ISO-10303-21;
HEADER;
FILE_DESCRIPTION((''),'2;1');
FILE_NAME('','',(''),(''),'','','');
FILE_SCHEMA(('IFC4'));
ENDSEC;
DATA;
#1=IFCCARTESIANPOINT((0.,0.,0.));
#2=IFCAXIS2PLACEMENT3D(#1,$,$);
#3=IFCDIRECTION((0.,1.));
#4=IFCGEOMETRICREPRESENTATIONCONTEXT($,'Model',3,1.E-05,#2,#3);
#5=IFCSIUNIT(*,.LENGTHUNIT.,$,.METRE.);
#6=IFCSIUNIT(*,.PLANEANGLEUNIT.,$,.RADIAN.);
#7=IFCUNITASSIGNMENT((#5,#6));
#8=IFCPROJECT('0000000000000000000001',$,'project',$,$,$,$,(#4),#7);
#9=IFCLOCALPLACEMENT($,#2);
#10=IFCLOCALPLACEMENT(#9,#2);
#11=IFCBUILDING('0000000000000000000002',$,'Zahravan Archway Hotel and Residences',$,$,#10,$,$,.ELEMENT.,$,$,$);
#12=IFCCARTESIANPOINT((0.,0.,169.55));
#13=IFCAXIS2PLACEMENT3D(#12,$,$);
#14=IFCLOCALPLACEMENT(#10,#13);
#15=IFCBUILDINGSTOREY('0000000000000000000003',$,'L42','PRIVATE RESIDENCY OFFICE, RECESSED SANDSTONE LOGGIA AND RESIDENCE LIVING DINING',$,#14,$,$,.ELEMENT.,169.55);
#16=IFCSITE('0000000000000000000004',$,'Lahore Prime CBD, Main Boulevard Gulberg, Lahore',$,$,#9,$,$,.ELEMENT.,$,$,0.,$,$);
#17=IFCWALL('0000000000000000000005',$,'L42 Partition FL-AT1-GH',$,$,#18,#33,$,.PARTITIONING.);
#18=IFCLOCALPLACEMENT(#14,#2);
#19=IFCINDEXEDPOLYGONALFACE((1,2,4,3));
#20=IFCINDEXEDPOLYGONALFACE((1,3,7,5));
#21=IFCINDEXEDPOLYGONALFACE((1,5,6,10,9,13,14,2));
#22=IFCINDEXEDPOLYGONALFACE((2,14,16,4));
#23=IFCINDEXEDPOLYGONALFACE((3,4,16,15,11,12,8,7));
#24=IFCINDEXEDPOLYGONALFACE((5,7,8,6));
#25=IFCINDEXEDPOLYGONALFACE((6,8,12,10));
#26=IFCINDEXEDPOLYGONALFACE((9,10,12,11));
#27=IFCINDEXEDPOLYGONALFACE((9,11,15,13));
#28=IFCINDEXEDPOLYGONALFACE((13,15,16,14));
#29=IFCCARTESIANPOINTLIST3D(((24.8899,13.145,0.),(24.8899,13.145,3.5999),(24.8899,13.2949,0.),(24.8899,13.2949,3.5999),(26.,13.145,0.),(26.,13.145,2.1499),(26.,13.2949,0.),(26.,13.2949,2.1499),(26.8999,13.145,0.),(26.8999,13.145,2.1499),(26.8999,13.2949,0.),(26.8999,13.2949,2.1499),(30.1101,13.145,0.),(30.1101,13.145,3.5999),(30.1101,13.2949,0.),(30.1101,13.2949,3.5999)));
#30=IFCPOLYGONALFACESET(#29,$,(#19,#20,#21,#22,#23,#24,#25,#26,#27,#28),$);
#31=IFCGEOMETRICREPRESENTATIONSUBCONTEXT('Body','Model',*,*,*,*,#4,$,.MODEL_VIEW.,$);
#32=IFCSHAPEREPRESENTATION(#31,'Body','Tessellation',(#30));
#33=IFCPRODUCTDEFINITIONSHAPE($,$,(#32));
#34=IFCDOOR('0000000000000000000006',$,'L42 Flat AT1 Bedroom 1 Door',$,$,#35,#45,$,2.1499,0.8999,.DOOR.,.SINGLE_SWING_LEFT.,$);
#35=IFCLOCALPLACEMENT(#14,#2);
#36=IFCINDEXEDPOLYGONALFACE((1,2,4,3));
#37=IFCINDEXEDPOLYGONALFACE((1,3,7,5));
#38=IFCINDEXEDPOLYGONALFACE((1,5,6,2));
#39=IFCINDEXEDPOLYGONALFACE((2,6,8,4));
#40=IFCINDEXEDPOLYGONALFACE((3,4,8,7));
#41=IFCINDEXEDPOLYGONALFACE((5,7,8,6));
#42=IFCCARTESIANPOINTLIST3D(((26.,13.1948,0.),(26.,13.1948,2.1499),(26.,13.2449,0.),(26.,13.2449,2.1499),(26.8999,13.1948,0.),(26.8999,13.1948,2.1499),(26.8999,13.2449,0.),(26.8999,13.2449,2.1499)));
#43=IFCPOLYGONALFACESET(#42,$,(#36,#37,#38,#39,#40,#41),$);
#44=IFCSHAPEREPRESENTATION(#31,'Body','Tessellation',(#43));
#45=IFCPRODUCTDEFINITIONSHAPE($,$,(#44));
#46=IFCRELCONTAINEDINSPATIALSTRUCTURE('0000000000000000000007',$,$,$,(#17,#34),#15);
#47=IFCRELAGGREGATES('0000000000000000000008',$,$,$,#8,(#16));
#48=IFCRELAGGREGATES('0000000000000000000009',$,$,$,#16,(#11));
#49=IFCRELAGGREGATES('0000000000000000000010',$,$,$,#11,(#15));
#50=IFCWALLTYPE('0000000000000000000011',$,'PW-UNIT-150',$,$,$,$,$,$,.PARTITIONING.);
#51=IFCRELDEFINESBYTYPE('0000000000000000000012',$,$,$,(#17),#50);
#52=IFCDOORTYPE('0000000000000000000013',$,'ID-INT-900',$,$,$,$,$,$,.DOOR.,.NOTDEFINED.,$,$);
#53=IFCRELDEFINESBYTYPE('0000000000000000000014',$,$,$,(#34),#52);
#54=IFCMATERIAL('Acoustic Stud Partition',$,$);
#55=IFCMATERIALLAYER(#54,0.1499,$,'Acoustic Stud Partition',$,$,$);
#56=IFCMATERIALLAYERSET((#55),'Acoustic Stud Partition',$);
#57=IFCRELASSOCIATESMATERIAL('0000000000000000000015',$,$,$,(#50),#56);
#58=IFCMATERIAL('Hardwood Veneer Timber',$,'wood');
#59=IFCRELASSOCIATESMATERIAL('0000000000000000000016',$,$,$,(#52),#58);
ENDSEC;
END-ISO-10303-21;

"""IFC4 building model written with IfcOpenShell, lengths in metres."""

from ifc_helpers import new_model, si_unit, direction, frame, frame_2d, origin, place, context, subcontext, project, spatial, rectangle, extrude, source, transform, mapped, material, layer, layer_set, type_object, type_shapes, element, fill, save


model = new_model("IFC4")

# Units and contexts
model_context = context("Model", 3, precision=1e-05, world=origin(), true_north=direction((0.0, 1.0)))
body_context = subcontext(model_context, "Body", "Model", "MODEL_VIEW")
ifc_project = project(units=[si_unit("LENGTHUNIT", "METRE"), si_unit("PLANEANGLEUNIT", "RADIAN")], contexts=[model_context])

# Site, building, storey
site_placement = place(None, origin())
site = spatial("IfcSite", under=ifc_project, at=site_placement, Name="Lahore Prime CBD, Main Boulevard Gulberg, Lahore", CompositionType="ELEMENT", RefElevation=0.0)
building_placement = place(site_placement, origin())
building = spatial("IfcBuilding", under=site, at=building_placement, Name="Zahravan Archway Hotel and Residences", CompositionType="ELEMENT")
storey_placement = place(building_placement, frame((0.0, 0.0, 169.55)))
storey = spatial("IfcBuildingStorey", under=building, at=storey_placement, Name="L42", Description="PRIVATE RESIDENCY OFFICE, RECESSED SANDSTONE LOGGIA AND RESIDENCE LIVING DINING", CompositionType="ELEMENT", Elevation=169.55)

# Wall, opening, door
ifc_material_1 = material(Name="Acoustic Stud Partition")
ifc_layer_1 = layer(ifc_material_1, 0.1499, Name="Acoustic Stud Partition")
ifc_layer_set_1 = layer_set([ifc_layer_1], Name="Acoustic Stud Partition")
wall_type_1 = type_object("IfcWallType", Name="PW-UNIT-150", PredefinedType="PARTITIONING", material=ifc_layer_set_1)
wall_1_placement = place(storey_placement, frame((24.8899, 13.22, 0.0), z_axis=(0.0, 0.0, 1.0), x_axis=(1.0, 0.0, 0.0)))
wall_1 = element("IfcWall", 1, at=wall_1_placement, inside=storey, type_object=wall_type_1, Name="L42 Partition FL-AT1-GH", PredefinedType="PARTITIONING", context=body_context, shape_type="SweptSolid", body=[
    extrude(rectangle(XDim=5.2202, YDim=0.1499, at=frame_2d((2.6101, 0.0))), origin(), (0.0, 0.0, 1.0), 3.5999),
])
opening_placement = place(wall_1_placement, frame((1.1101, 0.0, 0.0)))
opening = element("IfcOpeningElement", 2, at=opening_placement, cuts=wall_1, PredefinedType="OPENING", context=body_context, shape_type="SweptSolid", body=[
    extrude(rectangle(XDim=0.8999, YDim=2.1499, at=frame_2d((0.45, 1.075))), frame((0.0, 0.085, 0.0), z_axis=(0.0, -1.0, 0.0), x_axis=(1.0, 0.0, 0.0)), (0.0, 0.0, 1.0), 0.1699),
])
ifc_material_2 = material(Name="Hardwood Veneer Timber", Category="wood")
door_type = type_object("IfcDoorType", Name="ID-INT-900", OperationType="NOTDEFINED", PredefinedType="DOOR", material=ifc_material_2)
shared_shape_1 = source(origin(), body_context, "Body", "SweptSolid", [
    extrude(rectangle(XDim=0.8999, YDim=2.1499, at=frame_2d((0.45, 1.075))), frame((0.0, 0.0249, 0.0), z_axis=(0.0, -1.0, 0.0), x_axis=(1.0, 0.0, 0.0)), (0.0, 0.0, 1.0), 0.05),
])
type_shapes(door_type, [shared_shape_1])
door_placement = place(opening_placement, origin())
door = element("IfcDoor", 3, at=door_placement, inside=storey, type_object=door_type, Name="L42 Flat AT1 Bedroom 1 Door", OperationType="SINGLE_SWING_LEFT", OverallHeight=2.1499, OverallWidth=0.8999, PredefinedType="DOOR", context=body_context, shape_type="MappedRepresentation", body=[
    mapped(shared_shape_1, transform((0.0, 0.0, 0.0), scale=1.0)),
])
fill(opening, door)

save(model, "model.ifc")
